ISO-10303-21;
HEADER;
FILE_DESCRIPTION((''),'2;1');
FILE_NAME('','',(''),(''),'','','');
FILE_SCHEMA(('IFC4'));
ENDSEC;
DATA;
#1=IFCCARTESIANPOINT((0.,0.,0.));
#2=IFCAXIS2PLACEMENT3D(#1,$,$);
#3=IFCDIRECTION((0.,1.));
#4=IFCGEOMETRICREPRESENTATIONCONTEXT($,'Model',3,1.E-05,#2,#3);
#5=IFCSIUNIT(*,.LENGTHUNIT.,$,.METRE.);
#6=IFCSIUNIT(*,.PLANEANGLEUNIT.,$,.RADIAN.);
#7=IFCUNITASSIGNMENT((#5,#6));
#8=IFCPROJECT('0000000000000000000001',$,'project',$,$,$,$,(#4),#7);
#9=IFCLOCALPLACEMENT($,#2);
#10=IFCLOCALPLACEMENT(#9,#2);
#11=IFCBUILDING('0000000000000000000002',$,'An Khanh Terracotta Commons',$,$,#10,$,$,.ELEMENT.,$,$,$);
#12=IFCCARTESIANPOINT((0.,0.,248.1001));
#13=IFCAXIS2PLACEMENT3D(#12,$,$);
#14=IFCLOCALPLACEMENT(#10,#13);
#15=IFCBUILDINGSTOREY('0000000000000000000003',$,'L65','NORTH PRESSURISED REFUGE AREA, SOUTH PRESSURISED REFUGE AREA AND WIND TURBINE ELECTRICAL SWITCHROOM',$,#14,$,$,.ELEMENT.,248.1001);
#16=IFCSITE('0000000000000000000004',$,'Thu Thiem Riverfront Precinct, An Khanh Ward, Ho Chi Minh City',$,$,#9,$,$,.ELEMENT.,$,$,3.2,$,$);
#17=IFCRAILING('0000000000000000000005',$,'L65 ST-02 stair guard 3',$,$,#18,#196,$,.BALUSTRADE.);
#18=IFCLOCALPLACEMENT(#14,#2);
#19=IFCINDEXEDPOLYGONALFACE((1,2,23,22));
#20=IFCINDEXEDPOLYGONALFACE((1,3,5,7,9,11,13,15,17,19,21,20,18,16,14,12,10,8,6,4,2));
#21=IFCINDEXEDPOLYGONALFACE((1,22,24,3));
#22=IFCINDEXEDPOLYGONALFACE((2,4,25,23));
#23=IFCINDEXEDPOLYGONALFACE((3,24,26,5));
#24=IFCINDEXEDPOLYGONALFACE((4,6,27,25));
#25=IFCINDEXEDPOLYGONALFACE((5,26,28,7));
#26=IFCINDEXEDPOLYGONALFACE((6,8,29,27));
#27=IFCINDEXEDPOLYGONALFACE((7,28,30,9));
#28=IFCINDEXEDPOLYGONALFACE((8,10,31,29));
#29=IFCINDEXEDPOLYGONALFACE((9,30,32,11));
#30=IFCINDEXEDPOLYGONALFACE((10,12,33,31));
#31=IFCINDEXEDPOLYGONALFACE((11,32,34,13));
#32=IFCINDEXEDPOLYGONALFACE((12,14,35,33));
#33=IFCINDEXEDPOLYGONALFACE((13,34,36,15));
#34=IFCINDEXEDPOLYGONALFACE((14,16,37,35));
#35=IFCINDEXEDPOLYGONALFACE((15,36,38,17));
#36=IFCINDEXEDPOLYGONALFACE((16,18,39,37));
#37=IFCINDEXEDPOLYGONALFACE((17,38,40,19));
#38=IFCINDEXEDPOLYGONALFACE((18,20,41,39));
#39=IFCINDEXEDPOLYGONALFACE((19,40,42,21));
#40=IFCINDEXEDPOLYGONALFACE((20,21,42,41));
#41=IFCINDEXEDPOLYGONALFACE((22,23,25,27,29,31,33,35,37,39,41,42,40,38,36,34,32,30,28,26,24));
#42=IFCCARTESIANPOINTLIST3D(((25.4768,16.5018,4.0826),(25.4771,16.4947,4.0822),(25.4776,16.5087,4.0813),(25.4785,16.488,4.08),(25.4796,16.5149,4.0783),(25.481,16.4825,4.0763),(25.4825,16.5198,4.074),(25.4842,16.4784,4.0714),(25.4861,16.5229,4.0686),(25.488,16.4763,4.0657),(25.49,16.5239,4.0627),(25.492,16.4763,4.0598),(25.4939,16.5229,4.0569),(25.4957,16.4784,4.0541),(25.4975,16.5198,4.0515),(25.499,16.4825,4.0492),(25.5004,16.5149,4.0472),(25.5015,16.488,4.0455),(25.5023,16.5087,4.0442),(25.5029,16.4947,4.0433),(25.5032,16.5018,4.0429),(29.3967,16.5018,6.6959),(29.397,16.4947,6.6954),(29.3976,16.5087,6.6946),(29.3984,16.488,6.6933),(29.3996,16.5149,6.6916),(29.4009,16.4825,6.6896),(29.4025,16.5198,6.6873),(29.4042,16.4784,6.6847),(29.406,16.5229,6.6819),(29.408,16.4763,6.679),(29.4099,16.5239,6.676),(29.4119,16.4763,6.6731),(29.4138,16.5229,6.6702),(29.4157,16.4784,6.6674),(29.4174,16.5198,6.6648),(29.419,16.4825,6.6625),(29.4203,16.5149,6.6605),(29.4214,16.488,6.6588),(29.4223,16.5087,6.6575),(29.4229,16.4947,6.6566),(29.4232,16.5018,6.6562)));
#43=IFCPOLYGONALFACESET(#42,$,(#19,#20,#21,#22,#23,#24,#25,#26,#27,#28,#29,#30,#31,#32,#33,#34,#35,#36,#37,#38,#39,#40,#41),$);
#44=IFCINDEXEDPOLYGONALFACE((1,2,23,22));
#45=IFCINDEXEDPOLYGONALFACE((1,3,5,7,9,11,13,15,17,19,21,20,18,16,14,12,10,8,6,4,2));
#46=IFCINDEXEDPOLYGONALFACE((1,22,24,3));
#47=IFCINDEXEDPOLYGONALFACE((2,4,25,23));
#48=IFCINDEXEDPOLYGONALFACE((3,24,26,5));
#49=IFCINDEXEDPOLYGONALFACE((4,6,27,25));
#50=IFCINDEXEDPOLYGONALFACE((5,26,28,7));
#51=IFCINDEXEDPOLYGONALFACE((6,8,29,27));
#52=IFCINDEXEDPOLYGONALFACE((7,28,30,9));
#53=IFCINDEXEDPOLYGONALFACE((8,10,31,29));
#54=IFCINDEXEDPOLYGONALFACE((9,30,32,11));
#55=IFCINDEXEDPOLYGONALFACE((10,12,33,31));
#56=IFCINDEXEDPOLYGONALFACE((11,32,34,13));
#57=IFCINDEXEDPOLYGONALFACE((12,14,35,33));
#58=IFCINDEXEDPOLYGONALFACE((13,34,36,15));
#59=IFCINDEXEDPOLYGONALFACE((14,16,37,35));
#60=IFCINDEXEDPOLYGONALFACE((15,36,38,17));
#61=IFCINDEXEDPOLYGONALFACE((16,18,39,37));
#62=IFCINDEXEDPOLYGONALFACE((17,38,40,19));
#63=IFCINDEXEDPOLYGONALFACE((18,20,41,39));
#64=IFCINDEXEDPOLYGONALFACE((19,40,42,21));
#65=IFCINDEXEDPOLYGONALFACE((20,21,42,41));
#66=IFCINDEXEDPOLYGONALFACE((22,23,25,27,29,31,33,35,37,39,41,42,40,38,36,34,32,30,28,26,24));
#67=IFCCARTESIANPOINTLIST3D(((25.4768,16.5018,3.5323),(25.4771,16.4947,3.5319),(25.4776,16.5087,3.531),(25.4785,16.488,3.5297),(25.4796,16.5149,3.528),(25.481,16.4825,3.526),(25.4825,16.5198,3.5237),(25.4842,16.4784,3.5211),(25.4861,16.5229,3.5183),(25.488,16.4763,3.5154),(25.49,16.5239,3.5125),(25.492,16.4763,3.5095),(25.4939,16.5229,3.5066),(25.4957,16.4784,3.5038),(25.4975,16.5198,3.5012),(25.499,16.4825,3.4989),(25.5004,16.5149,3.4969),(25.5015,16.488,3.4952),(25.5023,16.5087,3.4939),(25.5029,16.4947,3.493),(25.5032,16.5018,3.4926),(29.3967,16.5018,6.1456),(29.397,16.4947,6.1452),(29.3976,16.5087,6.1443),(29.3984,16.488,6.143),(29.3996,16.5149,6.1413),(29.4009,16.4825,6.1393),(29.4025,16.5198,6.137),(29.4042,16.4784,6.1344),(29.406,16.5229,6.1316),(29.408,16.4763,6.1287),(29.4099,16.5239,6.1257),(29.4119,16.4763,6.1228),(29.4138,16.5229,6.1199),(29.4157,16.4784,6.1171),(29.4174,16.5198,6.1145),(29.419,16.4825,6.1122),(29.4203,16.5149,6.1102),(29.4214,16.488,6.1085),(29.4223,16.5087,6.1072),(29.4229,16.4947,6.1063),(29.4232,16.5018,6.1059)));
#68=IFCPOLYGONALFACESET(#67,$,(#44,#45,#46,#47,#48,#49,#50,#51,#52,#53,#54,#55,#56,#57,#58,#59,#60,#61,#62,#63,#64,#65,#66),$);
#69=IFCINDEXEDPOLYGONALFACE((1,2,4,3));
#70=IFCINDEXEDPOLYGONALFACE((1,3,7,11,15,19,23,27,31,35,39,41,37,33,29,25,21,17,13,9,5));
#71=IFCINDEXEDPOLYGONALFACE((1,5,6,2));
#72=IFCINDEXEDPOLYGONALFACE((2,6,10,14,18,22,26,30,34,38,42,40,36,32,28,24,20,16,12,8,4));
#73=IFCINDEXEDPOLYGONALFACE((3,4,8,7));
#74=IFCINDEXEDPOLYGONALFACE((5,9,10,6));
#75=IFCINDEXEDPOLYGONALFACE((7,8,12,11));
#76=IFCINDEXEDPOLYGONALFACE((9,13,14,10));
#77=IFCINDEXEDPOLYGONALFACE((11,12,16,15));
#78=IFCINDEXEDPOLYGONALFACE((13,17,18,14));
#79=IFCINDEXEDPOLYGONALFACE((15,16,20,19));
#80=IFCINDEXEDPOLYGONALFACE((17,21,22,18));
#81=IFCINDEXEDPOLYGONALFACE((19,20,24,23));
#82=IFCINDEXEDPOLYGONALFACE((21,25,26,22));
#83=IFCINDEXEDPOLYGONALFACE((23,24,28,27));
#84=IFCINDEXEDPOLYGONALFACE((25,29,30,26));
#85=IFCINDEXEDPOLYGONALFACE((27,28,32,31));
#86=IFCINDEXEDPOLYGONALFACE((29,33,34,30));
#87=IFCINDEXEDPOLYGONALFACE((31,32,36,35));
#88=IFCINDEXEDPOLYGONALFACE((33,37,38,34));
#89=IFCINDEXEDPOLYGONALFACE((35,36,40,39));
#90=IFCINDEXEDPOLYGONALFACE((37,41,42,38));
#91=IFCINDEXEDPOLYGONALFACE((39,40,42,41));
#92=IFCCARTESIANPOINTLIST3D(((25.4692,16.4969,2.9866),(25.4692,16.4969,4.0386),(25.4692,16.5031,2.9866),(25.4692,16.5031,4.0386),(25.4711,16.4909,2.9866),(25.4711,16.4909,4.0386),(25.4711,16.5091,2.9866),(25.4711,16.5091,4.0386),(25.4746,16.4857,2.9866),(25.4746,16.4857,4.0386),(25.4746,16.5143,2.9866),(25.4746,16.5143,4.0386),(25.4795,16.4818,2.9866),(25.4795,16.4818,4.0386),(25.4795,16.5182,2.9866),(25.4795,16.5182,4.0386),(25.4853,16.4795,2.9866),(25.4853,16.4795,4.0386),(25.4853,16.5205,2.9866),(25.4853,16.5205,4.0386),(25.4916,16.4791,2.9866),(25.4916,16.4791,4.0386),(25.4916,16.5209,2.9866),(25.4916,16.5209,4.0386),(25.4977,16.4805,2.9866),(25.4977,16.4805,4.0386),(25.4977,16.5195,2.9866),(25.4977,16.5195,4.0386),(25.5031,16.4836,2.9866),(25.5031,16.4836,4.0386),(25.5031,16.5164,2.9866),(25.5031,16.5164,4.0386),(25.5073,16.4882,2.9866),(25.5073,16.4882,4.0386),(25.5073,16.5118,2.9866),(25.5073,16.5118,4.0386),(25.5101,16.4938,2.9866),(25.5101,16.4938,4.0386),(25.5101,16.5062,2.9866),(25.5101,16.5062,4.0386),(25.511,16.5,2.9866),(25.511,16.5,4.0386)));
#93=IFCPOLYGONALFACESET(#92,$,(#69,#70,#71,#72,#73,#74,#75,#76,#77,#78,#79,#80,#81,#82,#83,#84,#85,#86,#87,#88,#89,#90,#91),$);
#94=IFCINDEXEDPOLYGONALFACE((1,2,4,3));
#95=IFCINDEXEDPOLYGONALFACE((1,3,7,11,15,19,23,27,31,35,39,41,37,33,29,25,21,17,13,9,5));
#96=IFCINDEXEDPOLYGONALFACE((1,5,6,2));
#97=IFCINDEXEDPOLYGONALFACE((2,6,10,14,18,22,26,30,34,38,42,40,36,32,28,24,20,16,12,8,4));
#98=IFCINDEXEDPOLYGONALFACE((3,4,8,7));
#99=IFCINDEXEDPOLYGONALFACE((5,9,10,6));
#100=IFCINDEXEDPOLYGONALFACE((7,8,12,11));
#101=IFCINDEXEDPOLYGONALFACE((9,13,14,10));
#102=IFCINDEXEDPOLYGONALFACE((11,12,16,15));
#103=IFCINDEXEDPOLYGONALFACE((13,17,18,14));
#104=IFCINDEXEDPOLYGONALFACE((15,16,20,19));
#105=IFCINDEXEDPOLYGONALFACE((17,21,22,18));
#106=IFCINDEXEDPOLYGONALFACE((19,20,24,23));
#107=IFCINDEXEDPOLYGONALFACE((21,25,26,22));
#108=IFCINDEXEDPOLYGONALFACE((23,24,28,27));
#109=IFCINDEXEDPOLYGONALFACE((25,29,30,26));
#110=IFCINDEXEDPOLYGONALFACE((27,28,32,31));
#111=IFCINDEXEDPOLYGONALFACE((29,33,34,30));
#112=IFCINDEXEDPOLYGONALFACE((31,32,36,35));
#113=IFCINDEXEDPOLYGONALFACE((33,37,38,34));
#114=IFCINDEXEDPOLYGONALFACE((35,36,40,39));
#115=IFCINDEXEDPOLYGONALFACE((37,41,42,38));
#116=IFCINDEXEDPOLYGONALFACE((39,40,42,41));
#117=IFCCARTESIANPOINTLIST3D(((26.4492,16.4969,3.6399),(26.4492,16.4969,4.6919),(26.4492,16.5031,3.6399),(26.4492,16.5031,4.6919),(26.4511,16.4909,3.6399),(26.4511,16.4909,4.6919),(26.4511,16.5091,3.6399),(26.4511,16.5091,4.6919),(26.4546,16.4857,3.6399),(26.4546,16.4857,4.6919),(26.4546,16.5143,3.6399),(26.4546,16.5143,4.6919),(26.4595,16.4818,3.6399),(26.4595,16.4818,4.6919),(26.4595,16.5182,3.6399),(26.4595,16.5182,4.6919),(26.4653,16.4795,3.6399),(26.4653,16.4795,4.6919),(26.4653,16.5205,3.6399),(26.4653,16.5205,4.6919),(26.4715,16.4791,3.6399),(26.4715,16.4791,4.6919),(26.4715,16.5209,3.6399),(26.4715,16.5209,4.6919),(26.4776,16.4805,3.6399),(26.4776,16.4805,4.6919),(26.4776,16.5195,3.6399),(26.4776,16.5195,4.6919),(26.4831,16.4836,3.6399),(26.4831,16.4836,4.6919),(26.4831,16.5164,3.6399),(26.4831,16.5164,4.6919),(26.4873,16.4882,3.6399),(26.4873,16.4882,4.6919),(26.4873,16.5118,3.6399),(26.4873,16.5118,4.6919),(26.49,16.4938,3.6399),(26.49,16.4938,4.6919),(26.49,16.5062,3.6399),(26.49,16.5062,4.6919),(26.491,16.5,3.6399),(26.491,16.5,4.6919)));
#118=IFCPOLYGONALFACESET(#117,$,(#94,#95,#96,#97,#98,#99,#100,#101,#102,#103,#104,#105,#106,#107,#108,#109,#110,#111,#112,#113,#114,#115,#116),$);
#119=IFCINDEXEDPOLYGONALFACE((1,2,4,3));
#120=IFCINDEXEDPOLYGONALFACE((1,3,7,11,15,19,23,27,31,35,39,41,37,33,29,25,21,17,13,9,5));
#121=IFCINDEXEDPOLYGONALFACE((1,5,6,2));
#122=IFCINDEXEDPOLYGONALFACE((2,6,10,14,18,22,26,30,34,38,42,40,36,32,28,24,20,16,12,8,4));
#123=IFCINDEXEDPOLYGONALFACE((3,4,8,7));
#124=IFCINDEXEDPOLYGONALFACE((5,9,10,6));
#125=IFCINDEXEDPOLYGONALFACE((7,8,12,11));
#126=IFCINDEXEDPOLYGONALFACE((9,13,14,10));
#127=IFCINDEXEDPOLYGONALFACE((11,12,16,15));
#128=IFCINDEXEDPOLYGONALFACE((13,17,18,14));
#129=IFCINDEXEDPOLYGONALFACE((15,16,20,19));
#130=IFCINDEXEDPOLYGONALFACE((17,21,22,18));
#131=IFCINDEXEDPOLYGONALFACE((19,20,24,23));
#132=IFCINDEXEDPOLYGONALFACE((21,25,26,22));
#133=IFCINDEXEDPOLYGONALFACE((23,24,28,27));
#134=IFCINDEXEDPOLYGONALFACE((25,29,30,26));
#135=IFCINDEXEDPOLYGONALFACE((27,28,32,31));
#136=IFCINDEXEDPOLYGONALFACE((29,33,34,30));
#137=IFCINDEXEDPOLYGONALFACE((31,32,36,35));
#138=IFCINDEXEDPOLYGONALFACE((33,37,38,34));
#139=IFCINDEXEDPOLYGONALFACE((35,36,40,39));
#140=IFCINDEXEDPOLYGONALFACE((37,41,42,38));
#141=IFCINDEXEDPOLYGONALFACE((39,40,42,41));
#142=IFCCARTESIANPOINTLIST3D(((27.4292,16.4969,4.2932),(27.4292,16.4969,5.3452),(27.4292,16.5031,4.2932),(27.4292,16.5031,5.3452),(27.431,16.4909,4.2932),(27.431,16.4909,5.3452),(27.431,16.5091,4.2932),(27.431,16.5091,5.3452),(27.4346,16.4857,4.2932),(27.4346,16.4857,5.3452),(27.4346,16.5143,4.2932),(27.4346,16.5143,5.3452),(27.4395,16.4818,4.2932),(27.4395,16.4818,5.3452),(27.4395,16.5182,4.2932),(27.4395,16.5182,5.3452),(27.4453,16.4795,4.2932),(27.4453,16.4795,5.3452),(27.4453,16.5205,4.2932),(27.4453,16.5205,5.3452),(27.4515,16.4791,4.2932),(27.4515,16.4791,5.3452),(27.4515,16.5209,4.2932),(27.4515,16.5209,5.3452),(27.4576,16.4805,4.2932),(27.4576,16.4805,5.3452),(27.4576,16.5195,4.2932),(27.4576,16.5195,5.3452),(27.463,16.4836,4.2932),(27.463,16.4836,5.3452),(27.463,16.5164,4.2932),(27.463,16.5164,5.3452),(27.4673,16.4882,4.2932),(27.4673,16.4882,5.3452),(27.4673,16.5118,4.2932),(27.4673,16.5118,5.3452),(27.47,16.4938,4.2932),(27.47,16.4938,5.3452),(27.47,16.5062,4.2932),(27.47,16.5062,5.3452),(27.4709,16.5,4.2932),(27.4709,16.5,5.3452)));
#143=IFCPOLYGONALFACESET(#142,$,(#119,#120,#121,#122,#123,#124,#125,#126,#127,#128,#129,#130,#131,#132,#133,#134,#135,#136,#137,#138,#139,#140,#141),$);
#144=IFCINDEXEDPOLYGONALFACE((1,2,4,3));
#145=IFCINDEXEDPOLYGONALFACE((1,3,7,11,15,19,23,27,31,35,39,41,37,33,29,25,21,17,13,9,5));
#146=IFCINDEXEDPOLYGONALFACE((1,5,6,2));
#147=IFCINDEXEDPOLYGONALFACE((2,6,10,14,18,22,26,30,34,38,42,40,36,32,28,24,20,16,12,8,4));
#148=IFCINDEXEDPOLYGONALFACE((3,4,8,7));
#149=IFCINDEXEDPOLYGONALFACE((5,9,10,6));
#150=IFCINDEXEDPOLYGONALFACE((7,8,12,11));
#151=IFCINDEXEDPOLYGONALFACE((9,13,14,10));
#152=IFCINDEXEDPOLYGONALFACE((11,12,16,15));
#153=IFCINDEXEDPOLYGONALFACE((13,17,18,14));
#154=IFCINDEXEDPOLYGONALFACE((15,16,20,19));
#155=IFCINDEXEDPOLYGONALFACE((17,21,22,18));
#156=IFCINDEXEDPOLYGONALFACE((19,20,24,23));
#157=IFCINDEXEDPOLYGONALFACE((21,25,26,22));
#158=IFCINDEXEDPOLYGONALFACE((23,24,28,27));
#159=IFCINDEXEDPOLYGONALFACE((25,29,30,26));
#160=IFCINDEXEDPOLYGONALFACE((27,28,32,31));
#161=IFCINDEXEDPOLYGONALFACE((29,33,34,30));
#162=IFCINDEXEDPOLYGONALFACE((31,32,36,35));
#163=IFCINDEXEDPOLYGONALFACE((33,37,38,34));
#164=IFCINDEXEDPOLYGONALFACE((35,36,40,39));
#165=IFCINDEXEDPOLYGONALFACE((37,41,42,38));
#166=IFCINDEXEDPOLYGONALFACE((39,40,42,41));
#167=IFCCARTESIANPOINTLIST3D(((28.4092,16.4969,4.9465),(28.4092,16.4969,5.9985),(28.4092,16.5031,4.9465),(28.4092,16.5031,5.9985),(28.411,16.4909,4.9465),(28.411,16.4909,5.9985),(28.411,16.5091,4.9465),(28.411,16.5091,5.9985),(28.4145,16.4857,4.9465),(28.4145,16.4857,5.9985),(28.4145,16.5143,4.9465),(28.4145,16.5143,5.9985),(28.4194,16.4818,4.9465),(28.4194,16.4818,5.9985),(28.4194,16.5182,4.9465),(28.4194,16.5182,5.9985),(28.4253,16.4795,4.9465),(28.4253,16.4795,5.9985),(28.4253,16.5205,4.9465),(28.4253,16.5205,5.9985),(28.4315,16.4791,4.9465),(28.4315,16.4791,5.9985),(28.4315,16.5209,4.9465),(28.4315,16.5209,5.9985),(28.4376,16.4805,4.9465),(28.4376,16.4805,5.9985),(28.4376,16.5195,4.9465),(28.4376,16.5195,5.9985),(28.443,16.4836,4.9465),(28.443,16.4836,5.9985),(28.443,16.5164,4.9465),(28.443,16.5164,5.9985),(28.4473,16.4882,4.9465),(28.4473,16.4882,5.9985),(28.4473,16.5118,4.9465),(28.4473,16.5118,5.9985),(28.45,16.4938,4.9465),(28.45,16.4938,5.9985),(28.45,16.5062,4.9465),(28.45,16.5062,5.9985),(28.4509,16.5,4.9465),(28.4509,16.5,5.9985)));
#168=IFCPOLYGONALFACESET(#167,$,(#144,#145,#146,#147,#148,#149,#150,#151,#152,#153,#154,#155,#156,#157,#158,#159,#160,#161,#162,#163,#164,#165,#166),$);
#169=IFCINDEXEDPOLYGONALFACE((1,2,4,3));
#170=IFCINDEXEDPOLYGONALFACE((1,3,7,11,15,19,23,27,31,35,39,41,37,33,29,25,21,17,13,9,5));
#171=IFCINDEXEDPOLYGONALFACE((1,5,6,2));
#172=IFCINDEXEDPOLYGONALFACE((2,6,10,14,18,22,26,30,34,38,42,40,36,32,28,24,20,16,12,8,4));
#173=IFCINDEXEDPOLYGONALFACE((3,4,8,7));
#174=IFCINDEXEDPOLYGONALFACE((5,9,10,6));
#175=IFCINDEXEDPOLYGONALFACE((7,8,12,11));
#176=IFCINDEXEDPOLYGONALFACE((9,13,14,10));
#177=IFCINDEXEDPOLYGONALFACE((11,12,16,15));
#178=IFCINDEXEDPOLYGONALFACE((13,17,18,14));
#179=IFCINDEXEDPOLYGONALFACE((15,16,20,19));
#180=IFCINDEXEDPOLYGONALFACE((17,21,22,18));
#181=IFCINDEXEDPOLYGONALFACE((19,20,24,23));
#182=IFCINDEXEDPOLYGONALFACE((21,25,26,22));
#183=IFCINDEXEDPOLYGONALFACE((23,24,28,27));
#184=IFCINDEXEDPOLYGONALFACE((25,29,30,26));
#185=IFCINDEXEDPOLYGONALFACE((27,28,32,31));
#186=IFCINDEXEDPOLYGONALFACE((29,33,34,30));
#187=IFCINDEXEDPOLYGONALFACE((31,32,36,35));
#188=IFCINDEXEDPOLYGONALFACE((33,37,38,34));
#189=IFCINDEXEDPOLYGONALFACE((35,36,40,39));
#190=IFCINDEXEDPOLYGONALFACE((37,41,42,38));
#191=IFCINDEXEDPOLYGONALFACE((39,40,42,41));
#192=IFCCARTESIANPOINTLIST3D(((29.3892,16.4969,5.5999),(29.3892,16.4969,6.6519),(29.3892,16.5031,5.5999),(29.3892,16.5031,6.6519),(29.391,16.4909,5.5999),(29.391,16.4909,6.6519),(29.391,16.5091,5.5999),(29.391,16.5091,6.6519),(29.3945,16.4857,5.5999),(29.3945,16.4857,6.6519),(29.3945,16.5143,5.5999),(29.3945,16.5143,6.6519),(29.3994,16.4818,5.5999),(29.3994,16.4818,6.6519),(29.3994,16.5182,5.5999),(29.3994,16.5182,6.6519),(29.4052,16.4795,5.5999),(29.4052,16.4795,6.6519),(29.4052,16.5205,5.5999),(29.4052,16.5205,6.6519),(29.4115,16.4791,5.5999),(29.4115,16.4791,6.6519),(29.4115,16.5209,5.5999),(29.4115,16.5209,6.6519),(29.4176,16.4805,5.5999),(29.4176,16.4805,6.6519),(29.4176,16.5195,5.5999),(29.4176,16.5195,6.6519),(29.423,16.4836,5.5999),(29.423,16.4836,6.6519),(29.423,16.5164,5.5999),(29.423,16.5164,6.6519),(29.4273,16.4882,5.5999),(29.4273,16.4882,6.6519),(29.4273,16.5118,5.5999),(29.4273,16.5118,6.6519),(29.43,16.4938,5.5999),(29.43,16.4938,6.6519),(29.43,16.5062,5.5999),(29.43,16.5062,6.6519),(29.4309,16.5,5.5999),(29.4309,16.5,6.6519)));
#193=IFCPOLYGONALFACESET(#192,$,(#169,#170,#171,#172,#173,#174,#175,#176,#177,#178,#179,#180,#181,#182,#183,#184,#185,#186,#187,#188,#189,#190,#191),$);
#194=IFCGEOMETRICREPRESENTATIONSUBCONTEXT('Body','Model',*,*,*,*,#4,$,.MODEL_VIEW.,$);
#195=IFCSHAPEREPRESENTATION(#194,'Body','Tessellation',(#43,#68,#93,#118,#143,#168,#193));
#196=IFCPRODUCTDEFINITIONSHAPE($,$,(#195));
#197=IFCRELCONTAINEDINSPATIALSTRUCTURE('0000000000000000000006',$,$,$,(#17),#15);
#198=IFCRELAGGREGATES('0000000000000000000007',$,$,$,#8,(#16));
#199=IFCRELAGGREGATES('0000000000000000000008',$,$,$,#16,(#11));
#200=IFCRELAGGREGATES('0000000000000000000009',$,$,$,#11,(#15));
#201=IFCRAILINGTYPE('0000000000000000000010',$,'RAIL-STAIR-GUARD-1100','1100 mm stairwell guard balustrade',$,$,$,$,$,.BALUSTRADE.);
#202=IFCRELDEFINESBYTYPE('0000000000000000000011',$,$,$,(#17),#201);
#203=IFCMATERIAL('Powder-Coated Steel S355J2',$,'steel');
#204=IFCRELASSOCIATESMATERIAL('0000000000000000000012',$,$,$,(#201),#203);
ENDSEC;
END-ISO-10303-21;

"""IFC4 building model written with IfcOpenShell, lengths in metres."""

from ifc_helpers import new_model, si_unit, direction, frame, origin, origin_2d, place, context, subcontext, project, spatial, circle, extrude, material, type_object, element, save


model = new_model("IFC4")

# Units and contexts
model_context = context("Model", 3, precision=1e-05, world=origin(), true_north=direction((0.0, 1.0)))
body_context = subcontext(model_context, "Body", "Model", "MODEL_VIEW")
ifc_project = project(units=[si_unit("LENGTHUNIT", "METRE"), si_unit("PLANEANGLEUNIT", "RADIAN")], contexts=[model_context])

# Site, building, storey
site_placement = place(None, origin())
site = spatial("IfcSite", under=ifc_project, at=site_placement, Name="Thu Thiem Riverfront Precinct, An Khanh Ward, Ho Chi Minh City", CompositionType="ELEMENT", RefElevation=3.2)
building_placement = place(site_placement, origin())
building = spatial("IfcBuilding", under=site, at=building_placement, Name="An Khanh Terracotta Commons", CompositionType="ELEMENT")
storey_placement = place(building_placement, frame((0.0, 0.0, 248.1001)))
storey = spatial("IfcBuildingStorey", under=building, at=storey_placement, Name="L65", Description="NORTH PRESSURISED REFUGE AREA, SOUTH PRESSURISED REFUGE AREA AND WIND TURBINE ELECTRICAL SWITCHROOM", CompositionType="ELEMENT", Elevation=248.1001)

# Railing
ifc_material_1 = material(Name="Powder-Coated Steel S355J2", Category="steel")
railing_type_1 = type_object("IfcRailingType", Name="RAIL-STAIR-GUARD-1100", Description="1100 mm stairwell guard balustrade", PredefinedType="BALUSTRADE", material=ifc_material_1)
railing_1_placement = place(storey_placement, frame((25.49, 16.5, 2.9866)))
element("IfcRailing", 1, at=railing_1_placement, inside=storey, type_object=railing_type_1, Name="L65 ST-02 stair guard 3", PredefinedType="BALUSTRADE", context=body_context, shape_type="SweptSolid", body=[
    extrude(circle(Radius=0.0239, at=origin_2d()), frame((0.0, 0.0, 1.0762), z_axis=(0.83205, 0.0, 0.5547), x_axis=(0.0, 1.0, 0.0)), (0.0, 0.0, 1.0), 4.7112),
    extrude(circle(Radius=0.0239, at=origin_2d()), frame((0.0, 0.0, 0.5259), z_axis=(0.83205, 0.0, 0.5547), x_axis=(0.0, 1.0, 0.0)), (0.0, 0.0, 1.0), 4.7112),
    extrude(circle(Radius=0.021, at=origin_2d()), origin(), (0.0, 0.0, 1.0), 1.052),
    extrude(circle(Radius=0.021, at=origin_2d()), frame((0.98, 0.0, 0.6533)), (0.0, 0.0, 1.0), 1.052),
    extrude(circle(Radius=0.021, at=origin_2d()), frame((1.96, 0.0, 1.3066)), (0.0, 0.0, 1.0), 1.052),
    extrude(circle(Radius=0.021, at=origin_2d()), frame((2.9399, 0.0, 1.96)), (0.0, 0.0, 1.0), 1.052),
    extrude(circle(Radius=0.021, at=origin_2d()), frame((3.9199, 0.0, 2.6133)), (0.0, 0.0, 1.0), 1.052),
])

save(model, "model.ifc")
